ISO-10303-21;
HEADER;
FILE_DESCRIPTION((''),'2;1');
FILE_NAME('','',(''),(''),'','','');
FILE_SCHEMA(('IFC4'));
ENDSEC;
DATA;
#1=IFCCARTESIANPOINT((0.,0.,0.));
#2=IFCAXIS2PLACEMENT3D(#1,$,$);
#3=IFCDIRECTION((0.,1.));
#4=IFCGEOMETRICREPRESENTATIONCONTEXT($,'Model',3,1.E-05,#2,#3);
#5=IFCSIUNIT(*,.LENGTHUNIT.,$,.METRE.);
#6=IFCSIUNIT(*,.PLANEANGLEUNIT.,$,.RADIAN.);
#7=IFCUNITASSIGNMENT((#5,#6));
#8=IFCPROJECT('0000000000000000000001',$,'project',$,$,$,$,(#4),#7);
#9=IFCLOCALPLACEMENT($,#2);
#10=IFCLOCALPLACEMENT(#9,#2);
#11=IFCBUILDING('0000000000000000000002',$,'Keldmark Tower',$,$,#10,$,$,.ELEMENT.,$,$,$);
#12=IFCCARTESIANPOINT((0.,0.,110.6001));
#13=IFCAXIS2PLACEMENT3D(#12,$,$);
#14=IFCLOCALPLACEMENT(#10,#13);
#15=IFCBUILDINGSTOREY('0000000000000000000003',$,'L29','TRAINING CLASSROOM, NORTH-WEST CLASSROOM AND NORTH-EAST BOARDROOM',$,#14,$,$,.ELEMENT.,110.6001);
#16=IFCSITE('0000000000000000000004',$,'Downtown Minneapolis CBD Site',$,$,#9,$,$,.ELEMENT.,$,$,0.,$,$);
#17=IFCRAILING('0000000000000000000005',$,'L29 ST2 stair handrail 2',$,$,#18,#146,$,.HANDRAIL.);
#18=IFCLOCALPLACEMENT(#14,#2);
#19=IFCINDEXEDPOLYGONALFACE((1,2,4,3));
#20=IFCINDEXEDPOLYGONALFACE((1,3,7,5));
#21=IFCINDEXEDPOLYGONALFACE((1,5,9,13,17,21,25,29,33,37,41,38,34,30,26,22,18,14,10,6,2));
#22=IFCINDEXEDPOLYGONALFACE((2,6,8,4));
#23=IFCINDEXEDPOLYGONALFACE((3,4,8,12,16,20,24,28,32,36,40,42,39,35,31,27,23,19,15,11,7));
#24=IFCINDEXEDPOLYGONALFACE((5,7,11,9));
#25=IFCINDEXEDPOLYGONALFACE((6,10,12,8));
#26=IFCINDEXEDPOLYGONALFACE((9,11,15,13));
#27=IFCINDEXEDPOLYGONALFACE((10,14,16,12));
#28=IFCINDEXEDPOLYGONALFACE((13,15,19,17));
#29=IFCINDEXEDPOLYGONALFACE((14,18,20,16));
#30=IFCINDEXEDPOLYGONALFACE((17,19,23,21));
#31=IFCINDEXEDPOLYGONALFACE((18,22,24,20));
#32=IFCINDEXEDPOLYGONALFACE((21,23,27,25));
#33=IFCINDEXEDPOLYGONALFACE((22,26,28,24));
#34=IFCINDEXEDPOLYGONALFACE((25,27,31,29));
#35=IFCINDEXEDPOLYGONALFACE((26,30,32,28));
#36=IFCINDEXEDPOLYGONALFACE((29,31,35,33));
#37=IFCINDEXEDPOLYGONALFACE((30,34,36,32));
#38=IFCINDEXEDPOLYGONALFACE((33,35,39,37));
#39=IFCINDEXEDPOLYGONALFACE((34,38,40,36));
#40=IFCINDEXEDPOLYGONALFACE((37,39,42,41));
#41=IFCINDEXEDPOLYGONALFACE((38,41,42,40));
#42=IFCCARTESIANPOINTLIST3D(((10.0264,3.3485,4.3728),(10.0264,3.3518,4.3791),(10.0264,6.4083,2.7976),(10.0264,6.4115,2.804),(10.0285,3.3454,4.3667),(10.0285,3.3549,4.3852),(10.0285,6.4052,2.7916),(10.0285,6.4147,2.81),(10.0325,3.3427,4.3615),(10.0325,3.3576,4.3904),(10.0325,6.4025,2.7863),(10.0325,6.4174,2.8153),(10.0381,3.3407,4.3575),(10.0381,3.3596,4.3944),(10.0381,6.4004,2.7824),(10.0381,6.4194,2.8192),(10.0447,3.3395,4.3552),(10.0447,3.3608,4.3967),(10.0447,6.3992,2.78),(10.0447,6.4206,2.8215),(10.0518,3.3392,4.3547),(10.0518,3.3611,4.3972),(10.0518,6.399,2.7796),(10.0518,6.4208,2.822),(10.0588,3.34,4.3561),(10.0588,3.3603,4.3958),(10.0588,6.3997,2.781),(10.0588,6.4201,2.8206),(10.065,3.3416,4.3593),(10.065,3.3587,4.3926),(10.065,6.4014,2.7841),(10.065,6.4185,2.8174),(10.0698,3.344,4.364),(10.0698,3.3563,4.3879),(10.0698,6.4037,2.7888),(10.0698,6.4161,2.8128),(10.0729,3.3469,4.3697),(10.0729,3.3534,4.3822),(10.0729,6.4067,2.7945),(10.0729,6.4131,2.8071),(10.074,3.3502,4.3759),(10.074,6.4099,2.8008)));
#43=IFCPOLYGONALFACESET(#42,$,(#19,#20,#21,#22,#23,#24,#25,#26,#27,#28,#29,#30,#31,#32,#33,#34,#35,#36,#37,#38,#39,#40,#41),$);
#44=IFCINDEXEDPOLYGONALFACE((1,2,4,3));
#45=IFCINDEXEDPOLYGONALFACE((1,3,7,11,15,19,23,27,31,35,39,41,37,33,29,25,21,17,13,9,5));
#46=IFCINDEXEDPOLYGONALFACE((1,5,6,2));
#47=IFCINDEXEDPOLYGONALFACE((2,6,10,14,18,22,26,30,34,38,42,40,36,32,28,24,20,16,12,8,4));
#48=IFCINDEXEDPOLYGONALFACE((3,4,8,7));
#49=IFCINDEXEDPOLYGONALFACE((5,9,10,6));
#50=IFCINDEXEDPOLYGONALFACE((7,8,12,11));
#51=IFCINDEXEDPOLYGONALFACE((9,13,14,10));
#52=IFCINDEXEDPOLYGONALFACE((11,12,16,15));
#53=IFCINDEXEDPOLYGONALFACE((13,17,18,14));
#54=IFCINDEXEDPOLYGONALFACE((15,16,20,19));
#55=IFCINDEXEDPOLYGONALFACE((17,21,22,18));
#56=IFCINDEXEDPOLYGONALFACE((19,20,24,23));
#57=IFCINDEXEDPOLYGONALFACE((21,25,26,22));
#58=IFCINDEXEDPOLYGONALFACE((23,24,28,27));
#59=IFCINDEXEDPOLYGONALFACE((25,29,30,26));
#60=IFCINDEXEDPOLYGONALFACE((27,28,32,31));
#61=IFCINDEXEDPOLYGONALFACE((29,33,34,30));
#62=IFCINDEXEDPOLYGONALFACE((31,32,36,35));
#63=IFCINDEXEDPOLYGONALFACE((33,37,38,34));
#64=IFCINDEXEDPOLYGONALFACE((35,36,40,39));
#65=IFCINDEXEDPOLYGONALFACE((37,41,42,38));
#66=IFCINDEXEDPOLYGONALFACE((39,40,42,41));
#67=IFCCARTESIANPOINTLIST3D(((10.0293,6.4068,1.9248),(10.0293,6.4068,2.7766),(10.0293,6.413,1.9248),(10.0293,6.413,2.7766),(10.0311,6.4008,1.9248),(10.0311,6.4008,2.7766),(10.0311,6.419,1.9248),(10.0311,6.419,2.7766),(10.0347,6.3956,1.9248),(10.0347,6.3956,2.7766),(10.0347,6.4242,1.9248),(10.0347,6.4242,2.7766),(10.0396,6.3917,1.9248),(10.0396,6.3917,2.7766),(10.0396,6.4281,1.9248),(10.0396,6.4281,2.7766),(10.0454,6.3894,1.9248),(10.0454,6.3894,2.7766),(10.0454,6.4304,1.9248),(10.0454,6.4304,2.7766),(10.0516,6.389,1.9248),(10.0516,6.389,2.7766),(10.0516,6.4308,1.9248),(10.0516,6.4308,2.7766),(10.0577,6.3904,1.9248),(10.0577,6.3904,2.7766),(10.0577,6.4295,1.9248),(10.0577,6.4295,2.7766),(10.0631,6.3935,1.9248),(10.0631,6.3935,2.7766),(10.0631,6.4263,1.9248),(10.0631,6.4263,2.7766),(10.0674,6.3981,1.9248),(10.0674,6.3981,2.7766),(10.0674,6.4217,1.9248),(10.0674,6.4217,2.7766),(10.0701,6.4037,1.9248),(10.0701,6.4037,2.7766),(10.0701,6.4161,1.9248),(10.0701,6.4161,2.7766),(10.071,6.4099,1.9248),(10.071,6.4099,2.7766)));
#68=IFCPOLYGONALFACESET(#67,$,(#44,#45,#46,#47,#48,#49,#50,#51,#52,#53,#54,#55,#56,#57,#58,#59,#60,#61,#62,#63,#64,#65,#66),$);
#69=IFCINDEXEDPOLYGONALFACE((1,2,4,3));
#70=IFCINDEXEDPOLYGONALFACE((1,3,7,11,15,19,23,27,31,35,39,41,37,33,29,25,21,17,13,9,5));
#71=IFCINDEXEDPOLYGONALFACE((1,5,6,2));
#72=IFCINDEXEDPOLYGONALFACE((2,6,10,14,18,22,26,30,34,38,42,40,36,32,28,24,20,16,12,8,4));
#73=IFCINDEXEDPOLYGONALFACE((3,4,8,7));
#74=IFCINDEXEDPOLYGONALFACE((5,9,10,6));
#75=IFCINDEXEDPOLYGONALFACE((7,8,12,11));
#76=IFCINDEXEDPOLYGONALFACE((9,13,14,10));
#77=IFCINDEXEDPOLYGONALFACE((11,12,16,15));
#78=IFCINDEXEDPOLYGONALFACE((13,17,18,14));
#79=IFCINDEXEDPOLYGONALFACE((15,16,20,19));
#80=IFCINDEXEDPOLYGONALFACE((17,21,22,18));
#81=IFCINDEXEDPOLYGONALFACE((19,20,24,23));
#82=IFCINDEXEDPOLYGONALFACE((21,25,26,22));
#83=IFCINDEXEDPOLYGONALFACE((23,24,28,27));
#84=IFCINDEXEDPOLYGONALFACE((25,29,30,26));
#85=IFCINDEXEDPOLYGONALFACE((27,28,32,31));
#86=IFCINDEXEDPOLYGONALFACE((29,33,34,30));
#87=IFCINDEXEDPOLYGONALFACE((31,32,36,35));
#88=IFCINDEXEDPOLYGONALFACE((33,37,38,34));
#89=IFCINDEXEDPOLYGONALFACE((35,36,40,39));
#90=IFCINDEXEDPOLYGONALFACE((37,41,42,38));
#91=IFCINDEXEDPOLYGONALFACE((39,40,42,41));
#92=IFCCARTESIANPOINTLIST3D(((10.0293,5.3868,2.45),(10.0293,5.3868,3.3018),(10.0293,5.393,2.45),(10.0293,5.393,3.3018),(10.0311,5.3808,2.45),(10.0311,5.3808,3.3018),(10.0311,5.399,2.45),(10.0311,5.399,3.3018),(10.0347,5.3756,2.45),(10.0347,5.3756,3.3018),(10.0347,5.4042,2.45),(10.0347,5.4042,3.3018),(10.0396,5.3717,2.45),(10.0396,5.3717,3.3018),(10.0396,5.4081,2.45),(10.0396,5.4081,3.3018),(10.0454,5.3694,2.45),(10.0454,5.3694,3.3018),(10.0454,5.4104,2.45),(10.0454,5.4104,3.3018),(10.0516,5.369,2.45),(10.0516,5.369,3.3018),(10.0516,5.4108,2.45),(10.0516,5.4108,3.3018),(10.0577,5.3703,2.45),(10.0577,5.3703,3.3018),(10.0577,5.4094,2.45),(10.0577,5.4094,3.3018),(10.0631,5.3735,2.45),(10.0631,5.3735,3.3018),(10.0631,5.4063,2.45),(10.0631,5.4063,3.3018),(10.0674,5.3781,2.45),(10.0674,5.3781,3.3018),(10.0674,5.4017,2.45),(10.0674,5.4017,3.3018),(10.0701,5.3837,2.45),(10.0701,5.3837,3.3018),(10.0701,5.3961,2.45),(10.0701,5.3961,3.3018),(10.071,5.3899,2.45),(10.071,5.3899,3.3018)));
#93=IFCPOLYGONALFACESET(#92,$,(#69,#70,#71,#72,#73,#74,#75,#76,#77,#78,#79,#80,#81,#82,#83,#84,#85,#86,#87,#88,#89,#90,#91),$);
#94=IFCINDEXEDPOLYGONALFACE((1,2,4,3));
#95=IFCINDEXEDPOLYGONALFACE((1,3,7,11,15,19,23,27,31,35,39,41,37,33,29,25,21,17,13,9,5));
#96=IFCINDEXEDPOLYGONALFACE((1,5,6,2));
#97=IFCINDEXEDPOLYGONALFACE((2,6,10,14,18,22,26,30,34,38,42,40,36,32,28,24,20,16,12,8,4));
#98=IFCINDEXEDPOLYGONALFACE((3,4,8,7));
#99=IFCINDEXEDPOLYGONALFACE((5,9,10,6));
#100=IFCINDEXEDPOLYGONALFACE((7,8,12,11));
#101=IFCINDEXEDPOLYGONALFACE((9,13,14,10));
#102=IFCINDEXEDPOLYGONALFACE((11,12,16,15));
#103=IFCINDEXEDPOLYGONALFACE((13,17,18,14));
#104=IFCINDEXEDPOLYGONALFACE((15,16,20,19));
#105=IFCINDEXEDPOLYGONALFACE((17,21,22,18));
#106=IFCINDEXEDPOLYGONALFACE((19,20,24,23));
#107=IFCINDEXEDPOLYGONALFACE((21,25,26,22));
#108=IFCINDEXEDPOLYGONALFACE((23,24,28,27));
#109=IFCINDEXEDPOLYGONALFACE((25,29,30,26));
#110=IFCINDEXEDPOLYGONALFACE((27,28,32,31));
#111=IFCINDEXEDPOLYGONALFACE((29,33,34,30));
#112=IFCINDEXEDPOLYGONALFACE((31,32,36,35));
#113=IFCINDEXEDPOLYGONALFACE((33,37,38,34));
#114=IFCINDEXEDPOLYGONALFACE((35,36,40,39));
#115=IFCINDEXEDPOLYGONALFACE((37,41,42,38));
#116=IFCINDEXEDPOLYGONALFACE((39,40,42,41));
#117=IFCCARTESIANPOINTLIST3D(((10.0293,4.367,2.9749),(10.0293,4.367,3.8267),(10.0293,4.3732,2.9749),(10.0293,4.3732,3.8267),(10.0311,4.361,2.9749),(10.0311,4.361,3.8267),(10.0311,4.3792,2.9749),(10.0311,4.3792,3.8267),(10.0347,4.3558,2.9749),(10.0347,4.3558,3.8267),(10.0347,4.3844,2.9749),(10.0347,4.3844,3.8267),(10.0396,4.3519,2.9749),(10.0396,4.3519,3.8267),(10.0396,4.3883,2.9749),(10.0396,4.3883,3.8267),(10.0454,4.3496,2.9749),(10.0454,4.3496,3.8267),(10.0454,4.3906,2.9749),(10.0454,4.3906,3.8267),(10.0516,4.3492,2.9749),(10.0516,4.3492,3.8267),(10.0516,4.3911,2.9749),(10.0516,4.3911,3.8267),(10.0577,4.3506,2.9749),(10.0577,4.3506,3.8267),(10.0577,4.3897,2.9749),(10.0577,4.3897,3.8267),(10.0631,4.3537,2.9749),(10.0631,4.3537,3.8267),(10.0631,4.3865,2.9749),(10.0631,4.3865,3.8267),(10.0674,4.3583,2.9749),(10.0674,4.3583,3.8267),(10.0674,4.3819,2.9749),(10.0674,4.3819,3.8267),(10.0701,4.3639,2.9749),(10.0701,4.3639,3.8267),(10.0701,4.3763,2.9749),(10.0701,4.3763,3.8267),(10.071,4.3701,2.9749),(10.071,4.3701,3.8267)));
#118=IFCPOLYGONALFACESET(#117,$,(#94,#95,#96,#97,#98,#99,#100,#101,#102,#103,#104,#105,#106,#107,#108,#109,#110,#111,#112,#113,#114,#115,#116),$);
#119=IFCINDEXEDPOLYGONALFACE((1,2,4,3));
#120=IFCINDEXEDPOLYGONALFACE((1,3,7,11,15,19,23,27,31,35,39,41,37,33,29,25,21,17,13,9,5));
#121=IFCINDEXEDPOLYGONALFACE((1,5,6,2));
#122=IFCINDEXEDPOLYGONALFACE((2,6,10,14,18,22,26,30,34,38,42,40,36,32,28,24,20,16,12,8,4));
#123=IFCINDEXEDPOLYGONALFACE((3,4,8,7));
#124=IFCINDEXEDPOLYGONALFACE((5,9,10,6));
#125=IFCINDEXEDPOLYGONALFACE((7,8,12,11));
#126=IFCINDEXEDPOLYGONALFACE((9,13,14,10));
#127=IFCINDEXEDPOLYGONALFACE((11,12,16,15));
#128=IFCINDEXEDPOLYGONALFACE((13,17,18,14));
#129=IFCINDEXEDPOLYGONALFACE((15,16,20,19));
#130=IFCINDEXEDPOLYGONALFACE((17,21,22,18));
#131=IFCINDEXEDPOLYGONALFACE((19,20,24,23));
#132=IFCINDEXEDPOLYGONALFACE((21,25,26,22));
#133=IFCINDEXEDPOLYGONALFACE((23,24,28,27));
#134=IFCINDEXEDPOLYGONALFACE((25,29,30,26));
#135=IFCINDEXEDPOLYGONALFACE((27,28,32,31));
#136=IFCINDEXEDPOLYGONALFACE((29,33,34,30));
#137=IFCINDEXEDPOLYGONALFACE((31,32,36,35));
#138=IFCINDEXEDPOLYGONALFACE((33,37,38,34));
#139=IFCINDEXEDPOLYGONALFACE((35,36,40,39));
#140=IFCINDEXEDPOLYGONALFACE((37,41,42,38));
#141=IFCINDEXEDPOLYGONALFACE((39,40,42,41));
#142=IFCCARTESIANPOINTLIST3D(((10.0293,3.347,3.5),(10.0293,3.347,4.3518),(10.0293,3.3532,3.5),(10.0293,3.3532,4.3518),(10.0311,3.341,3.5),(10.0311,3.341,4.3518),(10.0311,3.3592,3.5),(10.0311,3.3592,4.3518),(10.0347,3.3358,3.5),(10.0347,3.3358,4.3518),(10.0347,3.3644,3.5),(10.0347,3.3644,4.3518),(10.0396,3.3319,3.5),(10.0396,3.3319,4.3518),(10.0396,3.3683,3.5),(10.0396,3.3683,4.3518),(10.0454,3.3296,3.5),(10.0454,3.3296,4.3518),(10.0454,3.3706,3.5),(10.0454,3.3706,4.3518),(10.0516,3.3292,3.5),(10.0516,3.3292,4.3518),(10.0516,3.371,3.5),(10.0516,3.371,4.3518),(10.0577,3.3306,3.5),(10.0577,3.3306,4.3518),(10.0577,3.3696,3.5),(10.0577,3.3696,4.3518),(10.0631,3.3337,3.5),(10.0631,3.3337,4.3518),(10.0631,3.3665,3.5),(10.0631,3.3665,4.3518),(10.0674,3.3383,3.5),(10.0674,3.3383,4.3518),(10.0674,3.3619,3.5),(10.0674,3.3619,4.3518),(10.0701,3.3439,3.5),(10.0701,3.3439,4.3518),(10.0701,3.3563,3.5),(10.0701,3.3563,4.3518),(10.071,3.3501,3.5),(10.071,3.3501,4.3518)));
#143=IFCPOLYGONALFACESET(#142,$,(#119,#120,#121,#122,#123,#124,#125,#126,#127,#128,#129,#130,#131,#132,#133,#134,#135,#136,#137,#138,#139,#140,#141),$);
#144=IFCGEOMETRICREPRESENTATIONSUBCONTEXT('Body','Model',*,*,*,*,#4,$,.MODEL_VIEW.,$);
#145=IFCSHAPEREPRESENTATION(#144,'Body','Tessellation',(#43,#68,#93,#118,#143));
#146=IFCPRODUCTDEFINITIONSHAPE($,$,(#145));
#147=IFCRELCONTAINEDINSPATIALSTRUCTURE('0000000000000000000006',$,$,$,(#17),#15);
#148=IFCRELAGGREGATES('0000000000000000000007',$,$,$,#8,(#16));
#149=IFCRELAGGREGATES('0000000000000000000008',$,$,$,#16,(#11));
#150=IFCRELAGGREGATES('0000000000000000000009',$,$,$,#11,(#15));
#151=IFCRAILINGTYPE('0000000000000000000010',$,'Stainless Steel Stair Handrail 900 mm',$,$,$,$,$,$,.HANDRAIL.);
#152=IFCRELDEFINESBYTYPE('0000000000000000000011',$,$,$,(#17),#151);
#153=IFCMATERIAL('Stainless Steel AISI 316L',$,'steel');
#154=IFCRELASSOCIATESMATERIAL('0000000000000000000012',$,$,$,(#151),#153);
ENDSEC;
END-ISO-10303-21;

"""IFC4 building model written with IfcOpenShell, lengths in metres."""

from ifc_helpers import new_model, si_unit, direction, frame, origin, origin_2d, place, context, subcontext, project, spatial, circle, extrude, material, type_object, element, save


model = new_model("IFC4")

# Units and contexts
model_context = context("Model", 3, precision=1e-05, world=origin(), true_north=direction((0.0, 1.0)))
body_context = subcontext(model_context, "Body", "Model", "MODEL_VIEW")
ifc_project = project(units=[si_unit("LENGTHUNIT", "METRE"), si_unit("PLANEANGLEUNIT", "RADIAN")], contexts=[model_context])

# Site, building, storey
site_placement = place(None, origin())
site = spatial("IfcSite", under=ifc_project, at=site_placement, Name="Downtown Minneapolis CBD Site", CompositionType="ELEMENT", RefElevation=0.0)
building_placement = place(site_placement, origin())
building = spatial("IfcBuilding", under=site, at=building_placement, Name="Keldmark Tower", CompositionType="ELEMENT")
storey_placement = place(building_placement, frame((0.0, 0.0, 110.6001)))
storey = spatial("IfcBuildingStorey", under=building, at=storey_placement, Name="L29", Description="TRAINING CLASSROOM, NORTH-WEST CLASSROOM AND NORTH-EAST BOARDROOM", CompositionType="ELEMENT", Elevation=110.6001)

# Railing
ifc_material_1 = material(Name="Stainless Steel AISI 316L", Category="steel")
railing_type_1 = type_object("IfcRailingType", Name="Stainless Steel Stair Handrail 900 mm", PredefinedType="HANDRAIL", material=ifc_material_1)
railing_1_placement = place(storey_placement, frame((10.05, 6.4099, 1.9248)))
element("IfcRailing", 1, at=railing_1_placement, inside=storey, type_object=railing_type_1, Name="L29 ST2 stair handrail 2", PredefinedType="HANDRAIL", context=body_context, shape_type="SweptSolid", body=[
    extrude(circle(Radius=0.0239, at=origin_2d()), frame((0.0, 0.0, 0.876), z_axis=(0.0, -0.889101, 0.45771), x_axis=(1.0, 0.0, 0.0)), (0.0, 0.0, 1.0), 3.4414),
    extrude(circle(Radius=0.021, at=origin_2d()), origin(), (0.0, 0.0, 1.0), 0.8518),
    extrude(circle(Radius=0.021, at=origin_2d()), frame((0.0, -1.02, 0.5251)), (0.0, 0.0, 1.0), 0.8518),
    extrude(circle(Radius=0.021, at=origin_2d()), frame((0.0, -2.0398, 1.05)), (0.0, 0.0, 1.0), 0.8518),
    extrude(circle(Radius=0.021, at=origin_2d()), frame((0.0, -3.0598, 1.5752)), (0.0, 0.0, 1.0), 0.8518),
])

save(model, "model.ifc")
